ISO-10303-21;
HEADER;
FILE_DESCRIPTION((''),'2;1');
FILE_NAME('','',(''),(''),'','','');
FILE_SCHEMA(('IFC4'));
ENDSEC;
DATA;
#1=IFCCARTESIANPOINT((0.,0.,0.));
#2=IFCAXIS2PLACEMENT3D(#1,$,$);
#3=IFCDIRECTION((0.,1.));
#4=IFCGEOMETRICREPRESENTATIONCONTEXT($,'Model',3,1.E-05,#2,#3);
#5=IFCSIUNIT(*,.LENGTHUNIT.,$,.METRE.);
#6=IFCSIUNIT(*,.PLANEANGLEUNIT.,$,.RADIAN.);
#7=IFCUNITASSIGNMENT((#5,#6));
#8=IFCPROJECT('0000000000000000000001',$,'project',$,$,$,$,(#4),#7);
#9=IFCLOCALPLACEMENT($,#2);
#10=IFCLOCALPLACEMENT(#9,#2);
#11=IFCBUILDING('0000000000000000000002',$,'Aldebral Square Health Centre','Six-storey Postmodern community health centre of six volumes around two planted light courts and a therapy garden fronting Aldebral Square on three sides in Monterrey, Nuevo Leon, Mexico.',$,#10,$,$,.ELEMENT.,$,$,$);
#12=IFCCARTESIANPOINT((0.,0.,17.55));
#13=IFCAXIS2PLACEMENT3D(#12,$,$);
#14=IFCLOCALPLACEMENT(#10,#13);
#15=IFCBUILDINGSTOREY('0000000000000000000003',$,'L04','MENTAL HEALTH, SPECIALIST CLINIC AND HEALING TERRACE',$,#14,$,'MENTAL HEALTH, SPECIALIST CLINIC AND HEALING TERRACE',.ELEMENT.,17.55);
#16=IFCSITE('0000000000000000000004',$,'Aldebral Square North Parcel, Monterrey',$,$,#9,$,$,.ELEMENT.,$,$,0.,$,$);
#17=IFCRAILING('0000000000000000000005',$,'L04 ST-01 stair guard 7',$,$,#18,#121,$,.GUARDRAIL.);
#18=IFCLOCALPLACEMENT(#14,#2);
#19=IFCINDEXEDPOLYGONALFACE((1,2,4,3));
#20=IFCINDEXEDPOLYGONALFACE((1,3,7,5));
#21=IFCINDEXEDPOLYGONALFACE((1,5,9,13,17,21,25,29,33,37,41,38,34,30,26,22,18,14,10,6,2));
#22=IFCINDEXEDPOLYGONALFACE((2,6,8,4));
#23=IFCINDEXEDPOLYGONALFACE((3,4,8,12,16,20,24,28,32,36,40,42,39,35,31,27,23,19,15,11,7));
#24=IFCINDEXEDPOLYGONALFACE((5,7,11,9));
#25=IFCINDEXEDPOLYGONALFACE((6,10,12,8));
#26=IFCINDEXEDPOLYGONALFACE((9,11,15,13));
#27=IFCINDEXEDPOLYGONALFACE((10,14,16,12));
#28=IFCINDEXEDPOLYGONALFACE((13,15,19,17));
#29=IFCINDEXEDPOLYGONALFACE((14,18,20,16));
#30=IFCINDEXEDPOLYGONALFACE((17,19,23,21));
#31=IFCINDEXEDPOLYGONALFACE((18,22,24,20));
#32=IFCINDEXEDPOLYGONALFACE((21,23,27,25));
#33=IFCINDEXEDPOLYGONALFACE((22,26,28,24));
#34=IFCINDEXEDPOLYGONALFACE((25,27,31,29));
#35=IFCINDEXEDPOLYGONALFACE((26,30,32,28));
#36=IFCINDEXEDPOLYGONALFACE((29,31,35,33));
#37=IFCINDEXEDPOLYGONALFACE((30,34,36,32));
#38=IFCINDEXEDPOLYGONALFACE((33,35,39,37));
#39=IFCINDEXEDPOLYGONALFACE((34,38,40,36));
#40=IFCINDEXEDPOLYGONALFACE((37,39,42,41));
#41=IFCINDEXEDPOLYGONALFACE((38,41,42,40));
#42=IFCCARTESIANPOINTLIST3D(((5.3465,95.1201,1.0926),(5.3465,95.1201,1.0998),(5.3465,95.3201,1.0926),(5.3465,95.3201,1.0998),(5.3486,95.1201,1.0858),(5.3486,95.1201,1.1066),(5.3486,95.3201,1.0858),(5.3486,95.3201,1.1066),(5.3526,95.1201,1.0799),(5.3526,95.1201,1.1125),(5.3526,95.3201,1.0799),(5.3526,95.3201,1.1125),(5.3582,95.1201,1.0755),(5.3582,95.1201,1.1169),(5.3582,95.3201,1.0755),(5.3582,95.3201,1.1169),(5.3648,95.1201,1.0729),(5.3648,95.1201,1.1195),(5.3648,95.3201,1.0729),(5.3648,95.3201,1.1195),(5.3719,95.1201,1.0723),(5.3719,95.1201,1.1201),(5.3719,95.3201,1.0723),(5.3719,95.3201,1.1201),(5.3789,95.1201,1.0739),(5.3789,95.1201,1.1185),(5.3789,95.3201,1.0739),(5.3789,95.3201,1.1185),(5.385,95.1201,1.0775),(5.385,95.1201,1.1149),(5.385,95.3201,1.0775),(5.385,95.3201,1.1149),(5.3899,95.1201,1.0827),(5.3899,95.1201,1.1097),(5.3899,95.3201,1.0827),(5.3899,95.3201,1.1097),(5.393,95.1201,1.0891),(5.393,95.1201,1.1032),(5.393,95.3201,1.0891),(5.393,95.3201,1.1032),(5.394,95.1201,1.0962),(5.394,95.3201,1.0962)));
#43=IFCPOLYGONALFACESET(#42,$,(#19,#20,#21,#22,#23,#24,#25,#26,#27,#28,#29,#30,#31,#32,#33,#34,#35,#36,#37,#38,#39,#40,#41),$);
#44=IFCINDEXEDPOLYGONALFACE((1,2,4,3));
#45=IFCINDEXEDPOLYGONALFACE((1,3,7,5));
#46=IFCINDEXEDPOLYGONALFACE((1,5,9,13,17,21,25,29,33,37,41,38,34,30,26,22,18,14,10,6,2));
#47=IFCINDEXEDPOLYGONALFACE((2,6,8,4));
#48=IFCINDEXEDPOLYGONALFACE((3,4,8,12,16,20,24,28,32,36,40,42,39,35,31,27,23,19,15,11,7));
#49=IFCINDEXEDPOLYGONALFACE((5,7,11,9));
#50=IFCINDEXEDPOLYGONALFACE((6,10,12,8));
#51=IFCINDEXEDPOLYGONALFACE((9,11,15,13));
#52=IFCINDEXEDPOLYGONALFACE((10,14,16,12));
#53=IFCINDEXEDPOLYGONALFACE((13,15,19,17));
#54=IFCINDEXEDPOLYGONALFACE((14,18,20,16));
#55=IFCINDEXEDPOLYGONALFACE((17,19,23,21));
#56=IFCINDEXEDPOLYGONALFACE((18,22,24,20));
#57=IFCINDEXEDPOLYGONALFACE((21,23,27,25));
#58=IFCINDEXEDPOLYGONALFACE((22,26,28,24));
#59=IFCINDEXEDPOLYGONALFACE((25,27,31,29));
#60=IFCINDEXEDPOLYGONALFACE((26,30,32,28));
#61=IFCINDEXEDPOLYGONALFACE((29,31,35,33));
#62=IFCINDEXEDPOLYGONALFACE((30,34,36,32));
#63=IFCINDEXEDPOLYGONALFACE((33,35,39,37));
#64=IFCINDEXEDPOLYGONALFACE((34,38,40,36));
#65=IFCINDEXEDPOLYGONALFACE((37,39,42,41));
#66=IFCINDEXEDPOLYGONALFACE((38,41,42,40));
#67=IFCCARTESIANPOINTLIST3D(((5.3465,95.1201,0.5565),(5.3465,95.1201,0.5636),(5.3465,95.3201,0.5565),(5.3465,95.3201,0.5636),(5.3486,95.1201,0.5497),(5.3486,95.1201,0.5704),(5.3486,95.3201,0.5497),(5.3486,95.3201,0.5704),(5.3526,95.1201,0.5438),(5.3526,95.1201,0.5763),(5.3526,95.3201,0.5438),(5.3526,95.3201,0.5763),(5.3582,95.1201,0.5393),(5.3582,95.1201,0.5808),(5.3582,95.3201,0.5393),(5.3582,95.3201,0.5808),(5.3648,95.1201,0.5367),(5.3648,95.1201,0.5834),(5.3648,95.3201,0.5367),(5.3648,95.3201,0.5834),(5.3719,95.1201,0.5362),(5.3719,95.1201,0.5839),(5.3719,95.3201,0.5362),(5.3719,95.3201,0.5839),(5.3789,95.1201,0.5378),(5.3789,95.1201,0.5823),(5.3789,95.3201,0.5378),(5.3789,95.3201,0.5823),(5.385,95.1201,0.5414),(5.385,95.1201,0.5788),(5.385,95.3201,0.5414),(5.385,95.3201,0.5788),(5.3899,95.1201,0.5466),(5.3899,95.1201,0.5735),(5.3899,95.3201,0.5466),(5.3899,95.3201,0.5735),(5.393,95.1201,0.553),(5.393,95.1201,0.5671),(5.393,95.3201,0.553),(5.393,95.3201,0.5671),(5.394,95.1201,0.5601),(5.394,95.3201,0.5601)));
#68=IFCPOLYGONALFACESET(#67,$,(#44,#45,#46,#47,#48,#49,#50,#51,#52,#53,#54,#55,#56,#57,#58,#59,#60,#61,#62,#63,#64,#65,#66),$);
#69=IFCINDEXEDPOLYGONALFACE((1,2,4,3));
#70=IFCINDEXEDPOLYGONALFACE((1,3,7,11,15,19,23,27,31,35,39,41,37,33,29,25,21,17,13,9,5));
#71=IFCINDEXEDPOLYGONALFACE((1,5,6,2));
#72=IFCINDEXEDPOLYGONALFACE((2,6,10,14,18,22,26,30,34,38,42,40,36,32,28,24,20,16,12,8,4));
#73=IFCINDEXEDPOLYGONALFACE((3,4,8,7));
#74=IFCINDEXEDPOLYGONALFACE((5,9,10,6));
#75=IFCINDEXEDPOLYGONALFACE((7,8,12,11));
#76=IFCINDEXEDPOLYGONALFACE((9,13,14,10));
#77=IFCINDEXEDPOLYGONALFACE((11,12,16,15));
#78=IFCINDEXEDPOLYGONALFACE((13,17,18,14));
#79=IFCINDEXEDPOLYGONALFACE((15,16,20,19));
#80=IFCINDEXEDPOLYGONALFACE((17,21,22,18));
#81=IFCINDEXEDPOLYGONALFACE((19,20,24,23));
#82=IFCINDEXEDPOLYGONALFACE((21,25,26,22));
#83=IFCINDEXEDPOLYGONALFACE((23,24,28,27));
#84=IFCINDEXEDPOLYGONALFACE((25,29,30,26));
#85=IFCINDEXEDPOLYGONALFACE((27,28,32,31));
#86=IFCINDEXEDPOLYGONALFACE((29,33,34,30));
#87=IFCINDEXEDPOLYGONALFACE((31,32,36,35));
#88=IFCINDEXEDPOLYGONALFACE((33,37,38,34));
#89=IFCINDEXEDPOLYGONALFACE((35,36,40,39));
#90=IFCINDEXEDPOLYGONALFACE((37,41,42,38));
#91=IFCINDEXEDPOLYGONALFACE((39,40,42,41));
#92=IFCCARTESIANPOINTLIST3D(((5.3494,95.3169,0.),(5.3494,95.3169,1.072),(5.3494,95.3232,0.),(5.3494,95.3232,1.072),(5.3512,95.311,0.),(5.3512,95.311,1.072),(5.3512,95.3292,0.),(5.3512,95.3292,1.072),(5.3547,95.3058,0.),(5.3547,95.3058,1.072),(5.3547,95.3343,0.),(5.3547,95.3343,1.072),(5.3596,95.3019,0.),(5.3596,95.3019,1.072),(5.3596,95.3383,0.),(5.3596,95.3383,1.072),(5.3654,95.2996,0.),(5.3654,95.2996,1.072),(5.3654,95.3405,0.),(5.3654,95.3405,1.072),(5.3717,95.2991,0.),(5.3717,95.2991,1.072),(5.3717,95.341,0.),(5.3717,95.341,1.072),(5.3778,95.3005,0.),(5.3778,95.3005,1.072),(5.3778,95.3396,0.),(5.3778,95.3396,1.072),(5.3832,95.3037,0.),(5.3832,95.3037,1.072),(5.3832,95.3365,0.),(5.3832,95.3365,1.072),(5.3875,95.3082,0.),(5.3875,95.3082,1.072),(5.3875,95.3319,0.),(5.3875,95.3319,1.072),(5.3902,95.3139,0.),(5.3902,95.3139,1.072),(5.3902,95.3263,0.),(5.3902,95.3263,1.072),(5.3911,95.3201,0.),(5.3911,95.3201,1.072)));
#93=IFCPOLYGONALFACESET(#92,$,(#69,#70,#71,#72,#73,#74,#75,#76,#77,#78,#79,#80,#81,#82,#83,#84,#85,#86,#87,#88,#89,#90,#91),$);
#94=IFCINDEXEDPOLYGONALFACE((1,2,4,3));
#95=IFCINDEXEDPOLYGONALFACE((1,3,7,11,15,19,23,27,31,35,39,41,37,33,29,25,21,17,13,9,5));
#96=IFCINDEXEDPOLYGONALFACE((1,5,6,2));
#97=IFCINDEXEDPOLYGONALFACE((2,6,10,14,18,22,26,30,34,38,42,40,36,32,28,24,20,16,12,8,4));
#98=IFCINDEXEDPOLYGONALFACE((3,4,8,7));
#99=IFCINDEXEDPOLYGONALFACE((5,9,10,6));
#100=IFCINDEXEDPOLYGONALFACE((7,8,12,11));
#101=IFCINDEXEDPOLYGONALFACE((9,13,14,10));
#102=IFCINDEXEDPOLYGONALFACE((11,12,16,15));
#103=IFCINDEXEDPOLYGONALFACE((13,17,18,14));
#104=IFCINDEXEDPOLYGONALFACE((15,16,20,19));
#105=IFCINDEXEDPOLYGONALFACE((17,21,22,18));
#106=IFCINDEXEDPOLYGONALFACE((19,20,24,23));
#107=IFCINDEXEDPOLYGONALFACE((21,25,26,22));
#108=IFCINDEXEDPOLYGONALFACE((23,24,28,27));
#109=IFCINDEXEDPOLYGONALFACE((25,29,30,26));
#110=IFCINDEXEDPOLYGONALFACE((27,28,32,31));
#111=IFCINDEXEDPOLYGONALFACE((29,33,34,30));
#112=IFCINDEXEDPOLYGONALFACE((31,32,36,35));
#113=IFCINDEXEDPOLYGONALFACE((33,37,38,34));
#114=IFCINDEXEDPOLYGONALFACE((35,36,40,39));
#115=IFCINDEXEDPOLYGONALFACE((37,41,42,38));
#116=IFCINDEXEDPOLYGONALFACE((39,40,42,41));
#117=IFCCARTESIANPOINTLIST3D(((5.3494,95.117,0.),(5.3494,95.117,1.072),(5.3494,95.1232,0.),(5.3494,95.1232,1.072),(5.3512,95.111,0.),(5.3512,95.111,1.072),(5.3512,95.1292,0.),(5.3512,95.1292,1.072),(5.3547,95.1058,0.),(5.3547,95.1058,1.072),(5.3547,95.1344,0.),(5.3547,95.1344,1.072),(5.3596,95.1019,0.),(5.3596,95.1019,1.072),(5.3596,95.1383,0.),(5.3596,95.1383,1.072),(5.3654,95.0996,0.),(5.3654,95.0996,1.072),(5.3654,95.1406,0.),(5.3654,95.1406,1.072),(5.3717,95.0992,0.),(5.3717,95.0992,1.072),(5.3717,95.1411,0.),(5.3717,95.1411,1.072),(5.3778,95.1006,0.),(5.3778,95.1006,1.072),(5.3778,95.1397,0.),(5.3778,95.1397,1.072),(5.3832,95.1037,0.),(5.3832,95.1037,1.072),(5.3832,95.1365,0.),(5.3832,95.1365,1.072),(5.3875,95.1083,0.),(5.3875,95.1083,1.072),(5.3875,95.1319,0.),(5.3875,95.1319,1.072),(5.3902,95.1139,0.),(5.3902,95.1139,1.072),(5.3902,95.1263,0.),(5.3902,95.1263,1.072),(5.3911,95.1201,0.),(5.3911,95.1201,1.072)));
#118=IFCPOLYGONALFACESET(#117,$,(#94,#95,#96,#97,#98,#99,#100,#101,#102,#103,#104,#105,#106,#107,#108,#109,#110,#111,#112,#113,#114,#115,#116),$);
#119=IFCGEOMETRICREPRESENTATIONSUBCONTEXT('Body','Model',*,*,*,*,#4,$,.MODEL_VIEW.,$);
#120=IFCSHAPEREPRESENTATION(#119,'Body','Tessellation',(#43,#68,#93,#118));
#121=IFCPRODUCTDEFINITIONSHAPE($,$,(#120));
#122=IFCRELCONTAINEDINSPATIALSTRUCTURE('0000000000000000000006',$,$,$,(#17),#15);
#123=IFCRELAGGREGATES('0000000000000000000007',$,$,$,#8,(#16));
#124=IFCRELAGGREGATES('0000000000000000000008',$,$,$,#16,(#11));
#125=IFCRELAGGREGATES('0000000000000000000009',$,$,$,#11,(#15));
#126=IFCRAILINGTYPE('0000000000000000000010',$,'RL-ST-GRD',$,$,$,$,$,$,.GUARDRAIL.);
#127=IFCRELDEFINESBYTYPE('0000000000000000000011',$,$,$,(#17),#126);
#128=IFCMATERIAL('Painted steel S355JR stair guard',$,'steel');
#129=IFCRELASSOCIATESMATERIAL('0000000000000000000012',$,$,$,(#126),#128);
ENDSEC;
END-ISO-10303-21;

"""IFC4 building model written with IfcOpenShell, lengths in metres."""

from ifc_helpers import new_model, si_unit, direction, frame, origin, origin_2d, place, context, subcontext, project, spatial, circle, extrude, material, type_object, element, save


model = new_model("IFC4")

# Units and contexts
model_context = context("Model", 3, precision=1e-05, world=origin(), true_north=direction((0.0, 1.0)))
body_context = subcontext(model_context, "Body", "Model", "MODEL_VIEW")
ifc_project = project(units=[si_unit("LENGTHUNIT", "METRE"), si_unit("PLANEANGLEUNIT", "RADIAN")], contexts=[model_context])

# Site, building, storey
site_placement = place(None, origin())
site = spatial("IfcSite", under=ifc_project, at=site_placement, Name="Aldebral Square North Parcel, Monterrey", CompositionType="ELEMENT", RefElevation=0.0)
building_placement = place(site_placement, origin())
building = spatial("IfcBuilding", under=site, at=building_placement, Name="Aldebral Square Health Centre", Description="Six-storey Postmodern community health centre of six volumes around two planted light courts and a therapy garden fronting Aldebral Square on three sides in Monterrey, Nuevo Leon, Mexico.", CompositionType="ELEMENT")
storey_placement = place(building_placement, frame((0.0, 0.0, 17.55)))
storey = spatial("IfcBuildingStorey", under=building, at=storey_placement, Name="L04", Description="MENTAL HEALTH, SPECIALIST CLINIC AND HEALING TERRACE", LongName="MENTAL HEALTH, SPECIALIST CLINIC AND HEALING TERRACE", CompositionType="ELEMENT", Elevation=17.55)

# Railing
ifc_material_1 = material(Name="Painted steel S355JR stair guard", Category="steel")
railing_type_1 = type_object("IfcRailingType", Name="RL-ST-GRD", PredefinedType="GUARDRAIL", material=ifc_material_1)
railing_1_placement = place(storey_placement, frame((5.3701, 95.3201, 0.0)))
element("IfcRailing", 1, at=railing_1_placement, inside=storey, type_object=railing_type_1, Name="L04 ST-01 stair guard 7", PredefinedType="GUARDRAIL", context=body_context, shape_type="SweptSolid", body=[
    extrude(circle(Radius=0.0239, at=origin_2d()), frame((0.0, 0.0, 1.0962), z_axis=(0.0, -1.0, 0.0), x_axis=(1.0, 0.0, 0.0)), (0.0, 0.0, 1.0), 0.2),
    extrude(circle(Radius=0.0239, at=origin_2d()), frame((0.0, 0.0, 0.5601), z_axis=(0.0, -1.0, 0.0), x_axis=(1.0, 0.0, 0.0)), (0.0, 0.0, 1.0), 0.2),
    extrude(circle(Radius=0.021, at=origin_2d()), origin(), (0.0, 0.0, 1.0), 1.072),
    extrude(circle(Radius=0.021, at=origin_2d()), frame((0.0, -0.2, 0.0)), (0.0, 0.0, 1.0), 1.072),
])

save(model, "model.ifc")
